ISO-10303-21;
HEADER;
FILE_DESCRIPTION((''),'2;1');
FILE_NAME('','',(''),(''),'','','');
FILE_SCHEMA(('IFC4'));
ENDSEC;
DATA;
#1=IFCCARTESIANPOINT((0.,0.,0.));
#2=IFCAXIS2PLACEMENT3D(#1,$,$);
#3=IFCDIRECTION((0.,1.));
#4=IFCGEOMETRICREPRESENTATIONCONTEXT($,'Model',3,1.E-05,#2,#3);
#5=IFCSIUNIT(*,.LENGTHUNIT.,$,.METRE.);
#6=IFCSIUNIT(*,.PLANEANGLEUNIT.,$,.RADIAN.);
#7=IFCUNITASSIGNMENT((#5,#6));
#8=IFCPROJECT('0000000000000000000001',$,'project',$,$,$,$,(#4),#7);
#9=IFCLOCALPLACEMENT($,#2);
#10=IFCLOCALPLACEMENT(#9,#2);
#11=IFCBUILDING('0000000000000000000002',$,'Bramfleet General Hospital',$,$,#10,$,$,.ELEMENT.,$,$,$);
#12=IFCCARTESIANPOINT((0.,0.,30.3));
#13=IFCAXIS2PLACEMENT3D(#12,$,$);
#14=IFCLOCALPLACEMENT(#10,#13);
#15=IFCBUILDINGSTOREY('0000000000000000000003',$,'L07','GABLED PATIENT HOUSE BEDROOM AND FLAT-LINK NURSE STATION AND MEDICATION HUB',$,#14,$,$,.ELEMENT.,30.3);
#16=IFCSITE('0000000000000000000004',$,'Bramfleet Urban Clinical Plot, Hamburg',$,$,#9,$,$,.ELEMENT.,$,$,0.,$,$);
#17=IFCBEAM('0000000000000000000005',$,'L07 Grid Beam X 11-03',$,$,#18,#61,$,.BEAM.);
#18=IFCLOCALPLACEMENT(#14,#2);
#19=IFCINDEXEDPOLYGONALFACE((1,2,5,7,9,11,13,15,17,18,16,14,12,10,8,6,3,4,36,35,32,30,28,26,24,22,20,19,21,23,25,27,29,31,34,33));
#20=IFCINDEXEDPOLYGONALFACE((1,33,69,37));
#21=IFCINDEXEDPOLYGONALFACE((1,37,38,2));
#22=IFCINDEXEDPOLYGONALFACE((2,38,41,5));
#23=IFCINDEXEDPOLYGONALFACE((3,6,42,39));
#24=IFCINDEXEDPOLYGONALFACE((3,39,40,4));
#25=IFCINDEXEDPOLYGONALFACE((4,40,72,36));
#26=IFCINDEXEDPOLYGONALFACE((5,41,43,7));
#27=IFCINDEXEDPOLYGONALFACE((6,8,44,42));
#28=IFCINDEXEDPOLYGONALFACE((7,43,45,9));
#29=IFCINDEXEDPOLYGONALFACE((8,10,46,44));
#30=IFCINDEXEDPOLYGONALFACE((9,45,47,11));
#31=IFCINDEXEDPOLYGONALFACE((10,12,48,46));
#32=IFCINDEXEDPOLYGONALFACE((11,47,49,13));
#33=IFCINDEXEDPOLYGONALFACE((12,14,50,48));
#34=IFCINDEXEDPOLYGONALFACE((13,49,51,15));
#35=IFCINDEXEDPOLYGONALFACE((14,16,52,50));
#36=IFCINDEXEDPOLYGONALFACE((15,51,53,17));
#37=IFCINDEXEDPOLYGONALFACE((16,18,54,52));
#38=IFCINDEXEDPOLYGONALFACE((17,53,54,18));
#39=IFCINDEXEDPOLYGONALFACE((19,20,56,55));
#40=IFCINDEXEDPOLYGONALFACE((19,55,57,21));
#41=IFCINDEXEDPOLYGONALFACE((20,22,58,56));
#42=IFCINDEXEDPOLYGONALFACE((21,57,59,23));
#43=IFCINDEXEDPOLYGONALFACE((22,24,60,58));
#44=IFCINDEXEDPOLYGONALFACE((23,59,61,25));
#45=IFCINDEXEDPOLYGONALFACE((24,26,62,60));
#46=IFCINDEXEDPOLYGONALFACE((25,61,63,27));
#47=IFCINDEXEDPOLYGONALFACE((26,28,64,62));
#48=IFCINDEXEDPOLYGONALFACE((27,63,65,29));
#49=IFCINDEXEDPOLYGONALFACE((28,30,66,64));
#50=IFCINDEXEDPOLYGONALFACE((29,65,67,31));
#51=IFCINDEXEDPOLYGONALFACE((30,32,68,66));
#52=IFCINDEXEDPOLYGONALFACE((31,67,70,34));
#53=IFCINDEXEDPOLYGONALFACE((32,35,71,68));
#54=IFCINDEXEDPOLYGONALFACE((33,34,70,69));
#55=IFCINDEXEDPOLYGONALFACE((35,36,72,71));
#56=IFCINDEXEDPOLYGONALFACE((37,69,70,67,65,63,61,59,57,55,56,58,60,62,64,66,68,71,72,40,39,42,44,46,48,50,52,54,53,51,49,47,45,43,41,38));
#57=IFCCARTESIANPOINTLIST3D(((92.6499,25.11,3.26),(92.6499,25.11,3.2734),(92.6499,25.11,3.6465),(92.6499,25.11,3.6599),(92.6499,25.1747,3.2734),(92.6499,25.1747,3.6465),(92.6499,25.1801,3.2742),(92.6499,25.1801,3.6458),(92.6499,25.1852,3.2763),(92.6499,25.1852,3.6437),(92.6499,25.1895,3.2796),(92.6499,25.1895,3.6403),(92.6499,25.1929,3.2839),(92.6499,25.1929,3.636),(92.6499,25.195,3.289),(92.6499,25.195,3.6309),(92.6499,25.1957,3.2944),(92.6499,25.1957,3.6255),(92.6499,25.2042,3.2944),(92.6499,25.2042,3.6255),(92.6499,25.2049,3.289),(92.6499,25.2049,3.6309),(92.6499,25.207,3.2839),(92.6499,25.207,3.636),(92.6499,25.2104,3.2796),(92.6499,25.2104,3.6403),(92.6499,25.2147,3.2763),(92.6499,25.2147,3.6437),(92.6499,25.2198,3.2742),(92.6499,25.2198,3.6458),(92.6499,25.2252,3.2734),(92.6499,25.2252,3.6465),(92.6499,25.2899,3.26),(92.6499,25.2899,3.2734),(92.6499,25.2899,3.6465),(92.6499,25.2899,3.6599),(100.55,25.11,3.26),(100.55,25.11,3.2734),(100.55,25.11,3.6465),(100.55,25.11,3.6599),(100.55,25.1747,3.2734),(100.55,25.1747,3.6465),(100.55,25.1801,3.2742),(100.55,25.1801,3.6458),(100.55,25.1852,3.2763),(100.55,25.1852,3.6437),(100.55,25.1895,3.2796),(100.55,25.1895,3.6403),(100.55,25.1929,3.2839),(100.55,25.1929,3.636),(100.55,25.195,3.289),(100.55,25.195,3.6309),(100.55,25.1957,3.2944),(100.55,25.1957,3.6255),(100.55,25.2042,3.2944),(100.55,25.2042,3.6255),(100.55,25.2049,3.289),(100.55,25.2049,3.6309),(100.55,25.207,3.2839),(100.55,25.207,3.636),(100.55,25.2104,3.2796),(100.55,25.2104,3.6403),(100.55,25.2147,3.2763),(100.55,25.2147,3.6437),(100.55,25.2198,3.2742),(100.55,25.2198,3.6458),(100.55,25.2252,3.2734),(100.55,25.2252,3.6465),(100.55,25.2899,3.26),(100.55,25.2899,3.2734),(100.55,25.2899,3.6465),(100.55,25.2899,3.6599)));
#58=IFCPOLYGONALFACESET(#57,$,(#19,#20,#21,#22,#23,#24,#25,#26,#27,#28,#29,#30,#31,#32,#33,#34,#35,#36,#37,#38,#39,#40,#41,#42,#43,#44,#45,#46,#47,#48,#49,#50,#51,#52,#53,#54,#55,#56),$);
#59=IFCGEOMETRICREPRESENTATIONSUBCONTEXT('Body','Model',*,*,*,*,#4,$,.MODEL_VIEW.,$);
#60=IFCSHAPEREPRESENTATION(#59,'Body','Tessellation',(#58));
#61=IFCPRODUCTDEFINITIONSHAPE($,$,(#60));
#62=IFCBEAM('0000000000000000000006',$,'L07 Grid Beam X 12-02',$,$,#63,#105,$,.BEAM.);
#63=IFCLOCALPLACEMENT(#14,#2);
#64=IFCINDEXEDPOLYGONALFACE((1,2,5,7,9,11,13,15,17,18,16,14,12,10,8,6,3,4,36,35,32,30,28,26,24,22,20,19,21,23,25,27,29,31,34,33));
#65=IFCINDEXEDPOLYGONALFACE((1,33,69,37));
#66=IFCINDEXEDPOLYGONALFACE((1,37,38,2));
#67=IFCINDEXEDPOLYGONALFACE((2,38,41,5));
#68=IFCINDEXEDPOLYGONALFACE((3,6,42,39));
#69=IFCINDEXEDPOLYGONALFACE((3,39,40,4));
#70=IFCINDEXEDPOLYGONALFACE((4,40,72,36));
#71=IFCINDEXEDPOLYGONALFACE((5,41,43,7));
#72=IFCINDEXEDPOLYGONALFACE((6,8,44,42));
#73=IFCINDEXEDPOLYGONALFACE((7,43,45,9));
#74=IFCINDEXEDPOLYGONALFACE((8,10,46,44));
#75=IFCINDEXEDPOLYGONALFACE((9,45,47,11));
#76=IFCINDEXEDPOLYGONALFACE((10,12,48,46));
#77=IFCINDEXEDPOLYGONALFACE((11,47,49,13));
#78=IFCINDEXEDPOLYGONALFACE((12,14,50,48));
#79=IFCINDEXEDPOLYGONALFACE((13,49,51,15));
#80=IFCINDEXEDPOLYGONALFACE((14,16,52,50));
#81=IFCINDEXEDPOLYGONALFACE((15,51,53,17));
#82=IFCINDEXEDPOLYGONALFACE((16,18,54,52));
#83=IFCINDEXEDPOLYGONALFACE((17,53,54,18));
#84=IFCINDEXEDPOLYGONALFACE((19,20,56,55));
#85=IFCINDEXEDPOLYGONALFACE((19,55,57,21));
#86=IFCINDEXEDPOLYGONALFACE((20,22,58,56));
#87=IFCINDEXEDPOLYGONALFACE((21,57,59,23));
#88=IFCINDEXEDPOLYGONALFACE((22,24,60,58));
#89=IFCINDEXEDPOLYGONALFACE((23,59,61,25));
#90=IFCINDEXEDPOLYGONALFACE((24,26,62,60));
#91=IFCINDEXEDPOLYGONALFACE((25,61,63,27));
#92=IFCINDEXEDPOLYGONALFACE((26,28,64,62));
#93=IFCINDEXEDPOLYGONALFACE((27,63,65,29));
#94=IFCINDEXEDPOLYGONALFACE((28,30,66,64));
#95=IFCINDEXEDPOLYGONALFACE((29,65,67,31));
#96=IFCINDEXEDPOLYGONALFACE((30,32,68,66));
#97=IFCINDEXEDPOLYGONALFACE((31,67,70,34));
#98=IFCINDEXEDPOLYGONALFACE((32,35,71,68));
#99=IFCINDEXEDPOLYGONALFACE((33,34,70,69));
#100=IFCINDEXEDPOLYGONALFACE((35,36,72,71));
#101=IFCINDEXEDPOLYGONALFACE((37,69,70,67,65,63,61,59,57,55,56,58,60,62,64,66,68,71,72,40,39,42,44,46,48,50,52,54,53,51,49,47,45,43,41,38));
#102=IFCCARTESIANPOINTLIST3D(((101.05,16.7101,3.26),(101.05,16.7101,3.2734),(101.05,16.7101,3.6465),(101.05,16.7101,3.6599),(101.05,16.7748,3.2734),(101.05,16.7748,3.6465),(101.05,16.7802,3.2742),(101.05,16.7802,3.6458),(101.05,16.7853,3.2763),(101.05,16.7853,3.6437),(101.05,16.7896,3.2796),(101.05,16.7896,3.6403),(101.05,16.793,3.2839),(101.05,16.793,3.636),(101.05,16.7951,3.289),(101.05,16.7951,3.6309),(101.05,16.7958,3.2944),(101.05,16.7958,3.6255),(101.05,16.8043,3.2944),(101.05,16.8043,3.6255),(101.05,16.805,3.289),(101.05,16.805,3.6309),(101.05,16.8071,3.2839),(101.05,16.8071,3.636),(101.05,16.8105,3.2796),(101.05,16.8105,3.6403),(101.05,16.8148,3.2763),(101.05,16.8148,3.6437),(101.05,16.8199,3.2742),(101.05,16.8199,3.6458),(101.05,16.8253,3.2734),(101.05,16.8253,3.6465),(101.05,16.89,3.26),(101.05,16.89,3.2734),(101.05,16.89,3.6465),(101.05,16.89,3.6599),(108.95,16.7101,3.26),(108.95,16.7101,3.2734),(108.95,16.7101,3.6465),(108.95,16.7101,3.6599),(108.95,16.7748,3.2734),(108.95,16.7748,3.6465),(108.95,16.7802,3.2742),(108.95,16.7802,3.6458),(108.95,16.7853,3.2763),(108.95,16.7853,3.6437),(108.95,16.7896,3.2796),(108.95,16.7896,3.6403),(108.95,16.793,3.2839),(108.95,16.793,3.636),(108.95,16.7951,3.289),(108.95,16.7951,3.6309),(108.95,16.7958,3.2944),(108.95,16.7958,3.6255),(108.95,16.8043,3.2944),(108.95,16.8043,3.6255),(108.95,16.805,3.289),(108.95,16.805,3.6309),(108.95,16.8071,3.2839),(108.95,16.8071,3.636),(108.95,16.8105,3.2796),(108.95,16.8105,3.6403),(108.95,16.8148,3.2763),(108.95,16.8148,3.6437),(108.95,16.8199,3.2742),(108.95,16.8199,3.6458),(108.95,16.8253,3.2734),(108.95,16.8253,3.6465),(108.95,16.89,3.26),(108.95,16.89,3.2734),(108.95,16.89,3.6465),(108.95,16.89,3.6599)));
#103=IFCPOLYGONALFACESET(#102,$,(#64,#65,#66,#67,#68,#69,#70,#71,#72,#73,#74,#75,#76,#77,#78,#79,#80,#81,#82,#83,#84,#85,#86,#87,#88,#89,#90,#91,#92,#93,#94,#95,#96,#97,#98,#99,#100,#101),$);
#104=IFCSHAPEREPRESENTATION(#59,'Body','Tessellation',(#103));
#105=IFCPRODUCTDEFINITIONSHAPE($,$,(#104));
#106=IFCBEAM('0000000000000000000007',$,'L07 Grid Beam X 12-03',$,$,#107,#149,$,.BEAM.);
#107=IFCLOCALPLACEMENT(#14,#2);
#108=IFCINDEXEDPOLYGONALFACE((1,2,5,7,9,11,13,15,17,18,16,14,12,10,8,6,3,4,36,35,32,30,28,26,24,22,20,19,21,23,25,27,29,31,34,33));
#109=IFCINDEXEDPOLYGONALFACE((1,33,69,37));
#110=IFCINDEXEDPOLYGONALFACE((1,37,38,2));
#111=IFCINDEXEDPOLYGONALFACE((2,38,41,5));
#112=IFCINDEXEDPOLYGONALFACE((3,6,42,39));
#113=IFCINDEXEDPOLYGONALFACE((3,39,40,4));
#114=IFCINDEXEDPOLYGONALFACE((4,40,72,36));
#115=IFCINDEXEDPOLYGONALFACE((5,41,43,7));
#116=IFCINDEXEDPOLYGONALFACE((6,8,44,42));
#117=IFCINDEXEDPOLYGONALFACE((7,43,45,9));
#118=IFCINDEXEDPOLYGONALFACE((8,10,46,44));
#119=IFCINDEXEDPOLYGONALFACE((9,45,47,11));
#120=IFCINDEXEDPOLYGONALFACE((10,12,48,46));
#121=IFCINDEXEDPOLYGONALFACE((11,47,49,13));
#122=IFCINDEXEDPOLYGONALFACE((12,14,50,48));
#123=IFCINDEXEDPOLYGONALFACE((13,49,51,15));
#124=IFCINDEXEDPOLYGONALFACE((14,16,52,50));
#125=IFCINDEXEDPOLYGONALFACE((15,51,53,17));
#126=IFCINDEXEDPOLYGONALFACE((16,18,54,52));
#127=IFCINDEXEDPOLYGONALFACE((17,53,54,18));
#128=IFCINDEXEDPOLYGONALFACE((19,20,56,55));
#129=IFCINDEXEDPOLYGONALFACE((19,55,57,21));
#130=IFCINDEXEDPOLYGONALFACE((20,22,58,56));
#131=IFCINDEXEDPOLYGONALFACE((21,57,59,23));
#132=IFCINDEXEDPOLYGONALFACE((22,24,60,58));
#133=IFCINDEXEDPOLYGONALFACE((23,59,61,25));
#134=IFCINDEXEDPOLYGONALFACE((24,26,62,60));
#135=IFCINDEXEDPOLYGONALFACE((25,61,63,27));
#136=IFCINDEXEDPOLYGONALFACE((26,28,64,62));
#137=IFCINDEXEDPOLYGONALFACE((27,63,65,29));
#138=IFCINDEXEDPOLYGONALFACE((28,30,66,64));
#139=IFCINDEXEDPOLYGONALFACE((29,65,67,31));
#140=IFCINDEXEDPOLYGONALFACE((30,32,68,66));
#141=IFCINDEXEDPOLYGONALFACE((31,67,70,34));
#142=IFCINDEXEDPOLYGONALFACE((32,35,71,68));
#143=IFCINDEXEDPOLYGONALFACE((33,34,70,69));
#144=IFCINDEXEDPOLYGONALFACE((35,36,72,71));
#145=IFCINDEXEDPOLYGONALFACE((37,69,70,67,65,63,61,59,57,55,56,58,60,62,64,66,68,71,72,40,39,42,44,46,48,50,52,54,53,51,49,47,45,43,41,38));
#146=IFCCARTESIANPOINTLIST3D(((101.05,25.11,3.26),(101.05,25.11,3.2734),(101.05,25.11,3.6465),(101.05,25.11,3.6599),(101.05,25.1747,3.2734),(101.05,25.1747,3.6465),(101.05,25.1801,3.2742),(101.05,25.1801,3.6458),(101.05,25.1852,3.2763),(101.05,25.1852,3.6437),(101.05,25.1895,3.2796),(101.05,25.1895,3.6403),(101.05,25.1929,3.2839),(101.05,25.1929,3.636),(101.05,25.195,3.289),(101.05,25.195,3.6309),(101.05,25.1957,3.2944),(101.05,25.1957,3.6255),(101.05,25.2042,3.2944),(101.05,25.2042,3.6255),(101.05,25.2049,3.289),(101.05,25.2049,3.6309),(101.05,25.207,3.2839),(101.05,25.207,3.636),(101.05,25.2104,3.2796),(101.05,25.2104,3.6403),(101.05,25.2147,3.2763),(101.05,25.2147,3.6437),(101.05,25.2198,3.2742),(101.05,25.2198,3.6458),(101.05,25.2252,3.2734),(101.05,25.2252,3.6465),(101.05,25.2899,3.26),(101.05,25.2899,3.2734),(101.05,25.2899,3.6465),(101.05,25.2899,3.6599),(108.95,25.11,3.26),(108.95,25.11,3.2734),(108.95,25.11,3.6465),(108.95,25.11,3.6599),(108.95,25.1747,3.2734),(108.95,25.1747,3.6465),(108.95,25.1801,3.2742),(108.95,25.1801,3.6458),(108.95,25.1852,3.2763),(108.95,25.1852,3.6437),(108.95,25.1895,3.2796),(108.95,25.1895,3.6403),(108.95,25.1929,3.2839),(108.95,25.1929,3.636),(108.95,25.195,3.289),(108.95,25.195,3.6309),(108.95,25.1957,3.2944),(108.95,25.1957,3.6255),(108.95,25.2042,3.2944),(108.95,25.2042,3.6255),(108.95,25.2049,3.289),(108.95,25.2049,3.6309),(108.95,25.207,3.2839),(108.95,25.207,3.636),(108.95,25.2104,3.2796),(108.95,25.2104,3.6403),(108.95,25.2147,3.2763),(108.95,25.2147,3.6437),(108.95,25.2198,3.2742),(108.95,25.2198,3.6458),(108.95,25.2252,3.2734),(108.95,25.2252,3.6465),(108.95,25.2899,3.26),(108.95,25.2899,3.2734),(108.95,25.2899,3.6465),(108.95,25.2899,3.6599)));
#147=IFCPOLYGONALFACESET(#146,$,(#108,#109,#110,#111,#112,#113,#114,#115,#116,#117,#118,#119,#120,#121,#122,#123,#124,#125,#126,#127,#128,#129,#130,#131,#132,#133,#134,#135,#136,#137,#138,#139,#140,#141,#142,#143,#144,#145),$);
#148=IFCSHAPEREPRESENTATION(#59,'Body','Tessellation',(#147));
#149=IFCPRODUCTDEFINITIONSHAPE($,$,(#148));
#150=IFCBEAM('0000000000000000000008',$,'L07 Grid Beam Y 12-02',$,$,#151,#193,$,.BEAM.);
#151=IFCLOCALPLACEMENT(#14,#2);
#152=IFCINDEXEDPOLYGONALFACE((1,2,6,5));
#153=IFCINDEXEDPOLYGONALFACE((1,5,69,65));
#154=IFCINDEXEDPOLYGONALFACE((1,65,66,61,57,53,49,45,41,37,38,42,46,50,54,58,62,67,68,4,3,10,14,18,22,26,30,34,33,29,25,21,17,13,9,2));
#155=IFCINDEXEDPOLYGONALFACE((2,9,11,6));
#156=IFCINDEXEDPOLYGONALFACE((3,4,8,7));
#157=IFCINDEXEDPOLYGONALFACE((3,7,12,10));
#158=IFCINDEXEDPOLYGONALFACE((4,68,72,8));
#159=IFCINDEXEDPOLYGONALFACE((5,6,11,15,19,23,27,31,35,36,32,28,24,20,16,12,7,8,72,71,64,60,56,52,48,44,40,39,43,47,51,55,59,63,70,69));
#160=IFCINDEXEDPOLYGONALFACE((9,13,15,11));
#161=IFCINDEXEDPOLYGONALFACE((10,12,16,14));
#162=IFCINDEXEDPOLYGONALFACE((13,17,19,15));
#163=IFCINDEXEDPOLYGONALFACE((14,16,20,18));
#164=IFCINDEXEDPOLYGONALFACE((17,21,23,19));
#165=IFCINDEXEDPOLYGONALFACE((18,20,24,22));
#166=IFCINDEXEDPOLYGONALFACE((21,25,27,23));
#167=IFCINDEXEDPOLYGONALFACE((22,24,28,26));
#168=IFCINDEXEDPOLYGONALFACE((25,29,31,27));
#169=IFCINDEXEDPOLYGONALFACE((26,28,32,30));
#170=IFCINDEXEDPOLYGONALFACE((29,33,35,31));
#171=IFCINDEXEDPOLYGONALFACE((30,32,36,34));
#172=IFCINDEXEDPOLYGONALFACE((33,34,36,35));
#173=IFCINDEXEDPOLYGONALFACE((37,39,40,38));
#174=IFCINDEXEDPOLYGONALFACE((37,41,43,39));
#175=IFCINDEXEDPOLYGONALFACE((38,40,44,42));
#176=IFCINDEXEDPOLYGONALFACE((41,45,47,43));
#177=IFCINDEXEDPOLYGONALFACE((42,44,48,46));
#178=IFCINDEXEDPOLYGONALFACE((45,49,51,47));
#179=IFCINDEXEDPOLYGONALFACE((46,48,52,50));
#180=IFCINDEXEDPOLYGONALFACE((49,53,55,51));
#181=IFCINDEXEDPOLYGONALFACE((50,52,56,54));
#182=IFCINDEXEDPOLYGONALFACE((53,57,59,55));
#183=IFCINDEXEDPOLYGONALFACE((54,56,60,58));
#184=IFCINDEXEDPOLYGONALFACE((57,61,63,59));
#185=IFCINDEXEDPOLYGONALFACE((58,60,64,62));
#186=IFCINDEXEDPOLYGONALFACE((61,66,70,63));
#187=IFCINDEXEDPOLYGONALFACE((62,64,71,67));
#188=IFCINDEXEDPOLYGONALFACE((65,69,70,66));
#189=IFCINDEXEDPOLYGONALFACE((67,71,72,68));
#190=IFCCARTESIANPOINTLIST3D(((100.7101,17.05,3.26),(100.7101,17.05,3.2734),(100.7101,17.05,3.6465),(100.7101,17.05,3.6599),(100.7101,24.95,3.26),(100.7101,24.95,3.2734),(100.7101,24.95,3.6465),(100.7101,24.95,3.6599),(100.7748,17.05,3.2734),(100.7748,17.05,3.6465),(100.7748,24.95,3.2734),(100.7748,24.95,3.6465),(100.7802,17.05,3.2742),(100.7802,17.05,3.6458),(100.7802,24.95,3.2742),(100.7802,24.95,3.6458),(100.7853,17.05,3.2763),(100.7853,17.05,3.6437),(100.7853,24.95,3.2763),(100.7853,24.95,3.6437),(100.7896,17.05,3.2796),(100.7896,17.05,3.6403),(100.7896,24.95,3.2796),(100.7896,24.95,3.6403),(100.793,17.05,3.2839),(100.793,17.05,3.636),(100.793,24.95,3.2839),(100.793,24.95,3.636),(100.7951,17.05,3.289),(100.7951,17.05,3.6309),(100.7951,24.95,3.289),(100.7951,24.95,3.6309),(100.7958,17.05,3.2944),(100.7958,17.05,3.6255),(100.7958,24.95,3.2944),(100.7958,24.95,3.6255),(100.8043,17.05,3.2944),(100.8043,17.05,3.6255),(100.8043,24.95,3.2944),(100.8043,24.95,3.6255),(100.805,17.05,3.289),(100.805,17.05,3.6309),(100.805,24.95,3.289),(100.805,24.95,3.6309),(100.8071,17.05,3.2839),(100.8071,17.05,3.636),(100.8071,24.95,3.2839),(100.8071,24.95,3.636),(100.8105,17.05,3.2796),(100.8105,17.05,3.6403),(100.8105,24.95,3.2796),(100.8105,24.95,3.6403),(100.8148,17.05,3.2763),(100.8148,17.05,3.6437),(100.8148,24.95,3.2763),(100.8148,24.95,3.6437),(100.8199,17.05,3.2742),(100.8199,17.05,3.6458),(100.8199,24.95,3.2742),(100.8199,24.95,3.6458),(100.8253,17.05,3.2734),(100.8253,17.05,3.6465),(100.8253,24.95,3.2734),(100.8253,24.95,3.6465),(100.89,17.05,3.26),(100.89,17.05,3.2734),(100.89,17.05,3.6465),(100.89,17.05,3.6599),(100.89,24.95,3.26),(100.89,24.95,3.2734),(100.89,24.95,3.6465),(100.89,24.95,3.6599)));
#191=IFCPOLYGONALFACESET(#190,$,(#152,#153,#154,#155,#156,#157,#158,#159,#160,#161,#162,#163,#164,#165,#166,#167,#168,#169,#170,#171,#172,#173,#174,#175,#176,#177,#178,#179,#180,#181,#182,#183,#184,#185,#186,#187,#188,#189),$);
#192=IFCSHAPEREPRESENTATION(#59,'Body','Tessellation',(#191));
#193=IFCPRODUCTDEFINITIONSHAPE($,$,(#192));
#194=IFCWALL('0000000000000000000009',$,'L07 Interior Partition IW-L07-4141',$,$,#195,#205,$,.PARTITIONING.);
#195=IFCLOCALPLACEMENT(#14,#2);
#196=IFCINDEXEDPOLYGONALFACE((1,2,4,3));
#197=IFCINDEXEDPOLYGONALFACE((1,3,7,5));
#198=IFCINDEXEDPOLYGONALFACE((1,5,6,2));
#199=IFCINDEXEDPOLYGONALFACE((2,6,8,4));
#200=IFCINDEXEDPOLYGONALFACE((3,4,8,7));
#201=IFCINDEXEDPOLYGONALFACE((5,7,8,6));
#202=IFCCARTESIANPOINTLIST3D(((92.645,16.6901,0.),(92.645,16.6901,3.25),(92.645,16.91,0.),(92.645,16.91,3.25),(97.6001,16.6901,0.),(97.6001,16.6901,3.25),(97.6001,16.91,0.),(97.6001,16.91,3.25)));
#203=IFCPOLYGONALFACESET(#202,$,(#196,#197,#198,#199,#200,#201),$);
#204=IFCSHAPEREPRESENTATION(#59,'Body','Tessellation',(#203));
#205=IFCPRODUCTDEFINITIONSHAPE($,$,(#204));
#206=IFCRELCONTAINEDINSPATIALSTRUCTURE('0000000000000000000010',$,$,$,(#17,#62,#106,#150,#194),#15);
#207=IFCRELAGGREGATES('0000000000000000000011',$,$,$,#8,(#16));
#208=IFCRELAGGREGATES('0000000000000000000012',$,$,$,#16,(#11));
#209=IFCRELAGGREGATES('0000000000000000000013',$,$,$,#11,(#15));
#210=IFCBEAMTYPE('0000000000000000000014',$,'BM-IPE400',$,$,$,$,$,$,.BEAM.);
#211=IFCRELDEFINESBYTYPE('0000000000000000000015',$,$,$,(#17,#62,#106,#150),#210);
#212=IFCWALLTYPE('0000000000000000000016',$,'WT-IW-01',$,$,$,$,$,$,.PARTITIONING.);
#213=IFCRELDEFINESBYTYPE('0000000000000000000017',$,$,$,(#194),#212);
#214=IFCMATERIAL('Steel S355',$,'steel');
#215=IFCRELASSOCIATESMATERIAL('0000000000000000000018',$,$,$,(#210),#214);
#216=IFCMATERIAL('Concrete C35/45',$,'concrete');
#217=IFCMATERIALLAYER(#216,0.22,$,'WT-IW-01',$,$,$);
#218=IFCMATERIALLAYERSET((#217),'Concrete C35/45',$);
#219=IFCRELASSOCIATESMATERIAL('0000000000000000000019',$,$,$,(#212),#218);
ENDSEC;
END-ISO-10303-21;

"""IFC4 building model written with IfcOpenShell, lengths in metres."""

from ifc_helpers import new_model, si_unit, direction, frame, frame_2d, origin, origin_2d, place, context, subcontext, project, spatial, rectangle, i_section, extrude, material, layer, layer_set, material_profile, profile_set, type_object, element, save


model = new_model("IFC4")

# Units and contexts
model_context = context("Model", 3, precision=1e-05, world=origin(), true_north=direction((0.0, 1.0)))
body_context = subcontext(model_context, "Body", "Model", "MODEL_VIEW")
ifc_project = project(units=[si_unit("LENGTHUNIT", "METRE"), si_unit("PLANEANGLEUNIT", "RADIAN")], contexts=[model_context])

# Site, building, storey
site_placement = place(None, origin())
site = spatial("IfcSite", under=ifc_project, at=site_placement, Name="Bramfleet Urban Clinical Plot, Hamburg", CompositionType="ELEMENT", RefElevation=0.0)
building_placement = place(site_placement, origin())
building = spatial("IfcBuilding", under=site, at=building_placement, Name="Bramfleet General Hospital", CompositionType="ELEMENT")
storey_placement = place(building_placement, frame((0.0, 0.0, 30.3)))
storey = spatial("IfcBuildingStorey", under=building, at=storey_placement, Name="L07", Description="GABLED PATIENT HOUSE BEDROOM AND FLAT-LINK NURSE STATION AND MEDICATION HUB", CompositionType="ELEMENT", Elevation=30.3)

# Beams
ifc_material_1 = material(Name="Steel S355", Category="steel")
ifc_material_profile_1 = material_profile(ifc_material_1, i_section(OverallWidth=0.1799, OverallDepth=0.3999, WebThickness=0.0085, FlangeThickness=0.0134, FilletRadius=0.021, at=origin_2d()), Name="IPE 400")
ifc_profile_set_1 = profile_set([ifc_material_profile_1], Name="Steel S355")
beam_type_1 = type_object("IfcBeamType", Name="BM-IPE400", PredefinedType="BEAM", material=ifc_profile_set_1)
for number, where, z_axis, x_axis, name in (
    (1, (92.6499, 25.2, 3.46), (1.0, 0.0, 0.0), (0.0, 1.0, 0.0), "L07 Grid Beam X 11-03"),
):
    element("IfcBeam", number, at=place(storey_placement, frame(where, z_axis=z_axis, x_axis=x_axis)), inside=storey, type_object=beam_type_1, Name=name, PredefinedType="BEAM", context=body_context, shape_type="SweptSolid", body=[
        extrude(i_section(OverallWidth=0.1799, OverallDepth=0.3999, WebThickness=0.0085, FlangeThickness=0.0134, FilletRadius=0.021, at=origin_2d()), origin(), (0.0, 0.0, 1.0), 7.9001),
    ])
for number, where, z_axis, x_axis, name in (
    (2, (101.05, 16.8, 3.46), (1.0, 0.0, 0.0), (0.0, 1.0, 0.0), "L07 Grid Beam X 12-02"),
    (3, (101.05, 25.2, 3.46), (1.0, 0.0, 0.0), (0.0, 1.0, 0.0), "L07 Grid Beam X 12-03"),
    (4, (100.8, 17.05, 3.46), (0.0, 1.0, 0.0), (-1.0, 0.0, 0.0), "L07 Grid Beam Y 12-02"),
):
    element("IfcBeam", number, at=place(storey_placement, frame(where, z_axis=z_axis, x_axis=x_axis)), inside=storey, type_object=beam_type_1, Name=name, PredefinedType="BEAM", context=body_context, shape_type="SweptSolid", body=[
        extrude(i_section(OverallWidth=0.1799, OverallDepth=0.3999, WebThickness=0.0085, FlangeThickness=0.0134, FilletRadius=0.021, at=origin_2d()), origin(), (0.0, 0.0, 1.0), 7.8999),
    ])

# Wall
ifc_material_2 = material(Name="Concrete C35/45", Category="concrete")
ifc_layer_1 = layer(ifc_material_2, 0.22, Name="WT-IW-01")
ifc_layer_set_1 = layer_set([ifc_layer_1], Name="Concrete C35/45")
wall_type_1 = type_object("IfcWallType", Name="WT-IW-01", PredefinedType="PARTITIONING", material=ifc_layer_set_1)
wall_1_placement = place(storey_placement, frame((92.645, 16.8, 0.0), z_axis=(0.0, 0.0, 1.0), x_axis=(1.0, 0.0, 0.0)))
element("IfcWall", 5, at=wall_1_placement, inside=storey, type_object=wall_type_1, Name="L07 Interior Partition IW-L07-4141", PredefinedType="PARTITIONING", context=body_context, shape_type="SweptSolid", body=[
    extrude(rectangle(XDim=4.9551, YDim=0.22, at=frame_2d((2.4775, 0.0))), origin(), (0.0, 0.0, 1.0), 3.25),
])

save(model, "model.ifc")
